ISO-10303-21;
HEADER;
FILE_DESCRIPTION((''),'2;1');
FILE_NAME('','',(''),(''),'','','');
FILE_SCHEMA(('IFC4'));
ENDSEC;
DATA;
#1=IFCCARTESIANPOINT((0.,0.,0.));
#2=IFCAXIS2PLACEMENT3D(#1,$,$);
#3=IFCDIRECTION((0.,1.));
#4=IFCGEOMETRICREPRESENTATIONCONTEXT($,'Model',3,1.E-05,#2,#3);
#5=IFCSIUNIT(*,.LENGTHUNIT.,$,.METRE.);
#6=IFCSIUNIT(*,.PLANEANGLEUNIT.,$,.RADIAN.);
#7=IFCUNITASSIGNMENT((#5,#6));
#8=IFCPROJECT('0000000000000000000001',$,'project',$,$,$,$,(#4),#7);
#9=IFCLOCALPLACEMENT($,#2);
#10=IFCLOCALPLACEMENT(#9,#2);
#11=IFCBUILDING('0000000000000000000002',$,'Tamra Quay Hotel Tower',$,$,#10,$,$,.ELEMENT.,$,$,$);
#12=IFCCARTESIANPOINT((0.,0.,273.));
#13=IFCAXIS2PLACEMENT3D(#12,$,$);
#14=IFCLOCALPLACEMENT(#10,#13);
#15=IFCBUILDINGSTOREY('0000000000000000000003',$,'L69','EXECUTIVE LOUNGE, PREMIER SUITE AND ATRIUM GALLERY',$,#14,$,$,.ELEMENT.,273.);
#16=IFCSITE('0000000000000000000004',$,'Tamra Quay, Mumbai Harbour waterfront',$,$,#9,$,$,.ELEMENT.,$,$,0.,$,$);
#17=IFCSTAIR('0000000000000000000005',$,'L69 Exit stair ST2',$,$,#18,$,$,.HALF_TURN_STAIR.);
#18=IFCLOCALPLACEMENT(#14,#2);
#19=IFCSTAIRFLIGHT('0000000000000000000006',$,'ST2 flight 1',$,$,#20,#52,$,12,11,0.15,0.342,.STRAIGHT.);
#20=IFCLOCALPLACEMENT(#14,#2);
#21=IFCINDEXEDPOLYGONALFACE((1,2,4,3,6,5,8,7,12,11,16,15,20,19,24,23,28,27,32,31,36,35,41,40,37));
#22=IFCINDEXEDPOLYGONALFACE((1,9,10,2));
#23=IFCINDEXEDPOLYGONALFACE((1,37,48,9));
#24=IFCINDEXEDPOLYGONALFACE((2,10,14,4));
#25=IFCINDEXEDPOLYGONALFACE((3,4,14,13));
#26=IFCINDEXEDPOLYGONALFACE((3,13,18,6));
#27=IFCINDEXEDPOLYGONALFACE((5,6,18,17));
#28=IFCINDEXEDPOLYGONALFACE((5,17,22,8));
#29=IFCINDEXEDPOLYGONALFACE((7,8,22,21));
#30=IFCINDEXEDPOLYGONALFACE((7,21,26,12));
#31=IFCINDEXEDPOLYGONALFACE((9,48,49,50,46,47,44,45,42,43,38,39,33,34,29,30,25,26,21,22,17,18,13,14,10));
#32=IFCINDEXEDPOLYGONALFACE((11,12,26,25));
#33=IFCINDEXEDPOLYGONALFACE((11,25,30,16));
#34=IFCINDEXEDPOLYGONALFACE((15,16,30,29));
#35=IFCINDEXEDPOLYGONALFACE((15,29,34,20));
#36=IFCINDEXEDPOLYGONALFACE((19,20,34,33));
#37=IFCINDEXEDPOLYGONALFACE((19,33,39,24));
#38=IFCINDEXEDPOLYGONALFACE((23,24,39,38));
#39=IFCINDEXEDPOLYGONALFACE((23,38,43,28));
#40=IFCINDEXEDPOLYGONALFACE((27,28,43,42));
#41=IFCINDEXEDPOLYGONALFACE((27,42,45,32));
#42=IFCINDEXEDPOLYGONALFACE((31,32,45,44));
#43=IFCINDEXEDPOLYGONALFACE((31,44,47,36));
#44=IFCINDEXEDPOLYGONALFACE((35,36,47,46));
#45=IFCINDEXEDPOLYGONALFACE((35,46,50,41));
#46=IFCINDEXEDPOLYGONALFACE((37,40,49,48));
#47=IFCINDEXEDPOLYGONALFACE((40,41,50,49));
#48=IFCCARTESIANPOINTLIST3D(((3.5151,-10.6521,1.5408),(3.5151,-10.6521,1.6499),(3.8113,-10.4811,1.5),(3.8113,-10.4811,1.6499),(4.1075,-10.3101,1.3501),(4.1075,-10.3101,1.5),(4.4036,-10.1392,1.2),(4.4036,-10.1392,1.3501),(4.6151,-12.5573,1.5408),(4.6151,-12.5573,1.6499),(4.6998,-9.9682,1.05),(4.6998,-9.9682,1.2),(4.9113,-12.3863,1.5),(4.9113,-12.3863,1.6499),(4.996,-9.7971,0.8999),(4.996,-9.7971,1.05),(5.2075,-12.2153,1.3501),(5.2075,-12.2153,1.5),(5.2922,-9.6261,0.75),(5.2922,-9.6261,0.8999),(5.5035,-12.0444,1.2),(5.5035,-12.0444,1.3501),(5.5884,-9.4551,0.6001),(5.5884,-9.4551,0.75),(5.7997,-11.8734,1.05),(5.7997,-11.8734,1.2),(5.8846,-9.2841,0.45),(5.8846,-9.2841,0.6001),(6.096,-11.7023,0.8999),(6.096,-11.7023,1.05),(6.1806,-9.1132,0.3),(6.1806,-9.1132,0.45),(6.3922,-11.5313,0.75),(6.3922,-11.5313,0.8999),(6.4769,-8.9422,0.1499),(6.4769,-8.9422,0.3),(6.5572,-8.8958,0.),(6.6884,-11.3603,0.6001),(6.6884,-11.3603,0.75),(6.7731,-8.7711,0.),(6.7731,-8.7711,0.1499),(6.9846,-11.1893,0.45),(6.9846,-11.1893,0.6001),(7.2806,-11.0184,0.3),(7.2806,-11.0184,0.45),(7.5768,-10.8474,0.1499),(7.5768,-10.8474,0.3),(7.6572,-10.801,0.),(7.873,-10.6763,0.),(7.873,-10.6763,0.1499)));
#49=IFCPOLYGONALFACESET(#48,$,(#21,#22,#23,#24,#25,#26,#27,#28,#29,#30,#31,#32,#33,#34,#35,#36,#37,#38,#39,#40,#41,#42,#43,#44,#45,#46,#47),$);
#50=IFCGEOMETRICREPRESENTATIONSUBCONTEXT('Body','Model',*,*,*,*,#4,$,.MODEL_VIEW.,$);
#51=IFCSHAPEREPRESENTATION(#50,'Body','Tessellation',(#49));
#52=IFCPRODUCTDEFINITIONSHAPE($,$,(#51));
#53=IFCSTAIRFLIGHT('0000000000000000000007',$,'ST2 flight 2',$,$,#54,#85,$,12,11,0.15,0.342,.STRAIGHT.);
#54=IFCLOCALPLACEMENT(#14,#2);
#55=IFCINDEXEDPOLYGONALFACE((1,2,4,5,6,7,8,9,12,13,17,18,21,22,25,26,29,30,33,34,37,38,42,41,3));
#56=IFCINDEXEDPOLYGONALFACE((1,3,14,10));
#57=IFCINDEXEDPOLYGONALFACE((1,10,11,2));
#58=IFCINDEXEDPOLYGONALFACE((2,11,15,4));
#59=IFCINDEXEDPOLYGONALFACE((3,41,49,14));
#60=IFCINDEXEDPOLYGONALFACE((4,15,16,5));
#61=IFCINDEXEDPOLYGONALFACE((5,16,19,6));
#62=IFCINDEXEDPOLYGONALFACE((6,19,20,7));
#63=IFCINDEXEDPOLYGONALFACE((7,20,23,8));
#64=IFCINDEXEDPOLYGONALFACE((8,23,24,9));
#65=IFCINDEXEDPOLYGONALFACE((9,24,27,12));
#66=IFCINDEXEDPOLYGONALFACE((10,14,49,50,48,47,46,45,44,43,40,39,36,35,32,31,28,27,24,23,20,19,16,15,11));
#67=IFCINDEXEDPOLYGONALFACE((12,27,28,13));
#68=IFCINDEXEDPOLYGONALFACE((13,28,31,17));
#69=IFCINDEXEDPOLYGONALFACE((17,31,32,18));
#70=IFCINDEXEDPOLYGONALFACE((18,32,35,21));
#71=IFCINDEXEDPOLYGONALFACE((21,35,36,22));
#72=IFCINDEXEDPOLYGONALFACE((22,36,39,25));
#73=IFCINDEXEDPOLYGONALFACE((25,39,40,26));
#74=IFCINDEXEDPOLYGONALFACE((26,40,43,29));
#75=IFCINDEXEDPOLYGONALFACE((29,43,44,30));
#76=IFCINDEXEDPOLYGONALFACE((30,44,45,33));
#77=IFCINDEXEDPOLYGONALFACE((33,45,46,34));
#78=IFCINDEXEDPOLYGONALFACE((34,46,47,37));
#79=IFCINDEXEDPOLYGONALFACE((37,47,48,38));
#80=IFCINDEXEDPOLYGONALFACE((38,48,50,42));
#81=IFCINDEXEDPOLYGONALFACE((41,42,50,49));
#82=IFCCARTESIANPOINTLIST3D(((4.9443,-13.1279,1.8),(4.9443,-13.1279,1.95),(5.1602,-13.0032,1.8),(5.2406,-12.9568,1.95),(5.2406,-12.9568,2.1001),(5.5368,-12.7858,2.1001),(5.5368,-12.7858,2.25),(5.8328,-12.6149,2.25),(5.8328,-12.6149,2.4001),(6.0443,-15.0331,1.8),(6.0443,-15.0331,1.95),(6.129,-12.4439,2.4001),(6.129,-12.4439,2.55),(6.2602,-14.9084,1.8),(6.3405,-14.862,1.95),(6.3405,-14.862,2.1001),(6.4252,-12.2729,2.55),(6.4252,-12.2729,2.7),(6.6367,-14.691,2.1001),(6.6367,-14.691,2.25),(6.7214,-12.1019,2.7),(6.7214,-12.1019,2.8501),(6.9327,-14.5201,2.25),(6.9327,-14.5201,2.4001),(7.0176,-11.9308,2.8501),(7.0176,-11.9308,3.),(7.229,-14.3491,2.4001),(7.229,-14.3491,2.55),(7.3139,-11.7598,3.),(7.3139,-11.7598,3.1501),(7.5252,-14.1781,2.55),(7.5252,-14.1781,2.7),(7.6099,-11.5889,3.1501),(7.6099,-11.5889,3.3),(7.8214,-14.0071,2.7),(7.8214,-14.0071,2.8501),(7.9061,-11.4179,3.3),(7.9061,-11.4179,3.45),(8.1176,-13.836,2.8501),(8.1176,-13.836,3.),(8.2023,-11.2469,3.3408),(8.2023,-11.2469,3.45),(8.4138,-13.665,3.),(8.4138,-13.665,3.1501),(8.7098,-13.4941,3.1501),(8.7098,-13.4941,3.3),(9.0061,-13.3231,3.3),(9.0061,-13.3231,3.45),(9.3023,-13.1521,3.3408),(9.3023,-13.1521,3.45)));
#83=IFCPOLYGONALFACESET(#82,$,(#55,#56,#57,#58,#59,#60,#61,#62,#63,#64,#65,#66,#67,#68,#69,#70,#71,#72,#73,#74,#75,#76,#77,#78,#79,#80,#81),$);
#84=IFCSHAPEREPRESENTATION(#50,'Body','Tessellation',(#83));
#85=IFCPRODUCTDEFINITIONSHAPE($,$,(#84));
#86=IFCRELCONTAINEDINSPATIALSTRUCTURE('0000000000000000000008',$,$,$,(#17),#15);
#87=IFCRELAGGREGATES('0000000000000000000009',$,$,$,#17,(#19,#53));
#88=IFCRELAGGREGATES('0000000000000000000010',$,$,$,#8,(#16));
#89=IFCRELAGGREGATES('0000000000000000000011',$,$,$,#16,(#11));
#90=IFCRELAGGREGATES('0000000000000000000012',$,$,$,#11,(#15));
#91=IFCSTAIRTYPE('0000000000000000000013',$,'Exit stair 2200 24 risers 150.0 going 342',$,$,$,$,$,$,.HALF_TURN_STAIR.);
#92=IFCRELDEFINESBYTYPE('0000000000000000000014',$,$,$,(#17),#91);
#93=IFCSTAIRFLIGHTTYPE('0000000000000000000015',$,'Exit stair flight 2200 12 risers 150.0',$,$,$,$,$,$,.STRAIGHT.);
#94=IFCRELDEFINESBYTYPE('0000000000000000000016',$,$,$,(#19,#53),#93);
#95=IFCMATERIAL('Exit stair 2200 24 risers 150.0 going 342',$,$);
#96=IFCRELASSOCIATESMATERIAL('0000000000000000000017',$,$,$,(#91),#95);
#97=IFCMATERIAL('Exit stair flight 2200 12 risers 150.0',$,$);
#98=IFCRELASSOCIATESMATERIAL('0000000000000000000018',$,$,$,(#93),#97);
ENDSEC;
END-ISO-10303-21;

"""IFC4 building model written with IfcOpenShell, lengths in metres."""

from ifc_helpers import new_model, si_unit, direction, frame, origin, place, context, subcontext, project, spatial, polyline, outline, extrude, material, type_object, element, aggregate, save


model = new_model("IFC4")

# Units and contexts
model_context = context("Model", 3, precision=1e-05, world=origin(), true_north=direction((0.0, 1.0)))
body_context = subcontext(model_context, "Body", "Model", "MODEL_VIEW")
ifc_project = project(units=[si_unit("LENGTHUNIT", "METRE"), si_unit("PLANEANGLEUNIT", "RADIAN")], contexts=[model_context])

# Site, building, storey
site_placement = place(None, origin())
site = spatial("IfcSite", under=ifc_project, at=site_placement, Name="Tamra Quay, Mumbai Harbour waterfront", CompositionType="ELEMENT", RefElevation=0.0)
building_placement = place(site_placement, origin())
building = spatial("IfcBuilding", under=site, at=building_placement, Name="Tamra Quay Hotel Tower", CompositionType="ELEMENT")
storey_placement = place(building_placement, frame((0.0, 0.0, 273.0)))
storey = spatial("IfcBuildingStorey", under=building, at=storey_placement, Name="L69", Description="EXECUTIVE LOUNGE, PREMIER SUITE AND ATRIUM GALLERY", CompositionType="ELEMENT", Elevation=273.0)

# Stair, stair flights
ifc_material_1 = material(Name="Exit stair 2200 24 risers 150.0 going 342")
stair_type = type_object("IfcStairType", Name="Exit stair 2200 24 risers 150.0 going 342", PredefinedType="HALF_TURN_STAIR", material=ifc_material_1)
stair_placement = place(storey_placement, origin())
stair = element("IfcStair", 1, at=stair_placement, inside=storey, type_object=stair_type, Name="L69 Exit stair ST2", PredefinedType="HALF_TURN_STAIR")
ifc_material_2 = material(Name="Exit stair flight 2200 12 risers 150.0")
stair_flight_type = type_object("IfcStairFlightType", Name="Exit stair flight 2200 12 risers 150.0", PredefinedType="STRAIGHT", material=ifc_material_2)
stair_flight_1_placement = place(storey_placement, frame((7.323, -9.7236, 0.0), z_axis=(0.0, 0.0, 1.0), x_axis=(-0.866025, -0.5, 0.0)))
stair_flight_1 = element("IfcStairFlight", 2, at=stair_flight_1_placement, type_object=stair_flight_type, Name="ST2 flight 1", NumberOfRisers=12, NumberOfTreads=11, PredefinedType="STRAIGHT", RiserHeight=0.15, TreadLength=0.342, context=body_context, shape_type="SweptSolid", body=[
    extrude(outline(polyline([(0.0, 0.0), (0.0, 0.1499), (0.342, 0.1499), (0.342, 0.3), (0.6841, 0.3), (0.6841, 0.45), (1.0259, 0.45), (1.0259, 0.6001), (1.3679, 0.6001), (1.3679, 0.75), (1.71, 0.75), (1.71, 0.8999), (2.052, 0.8999), (2.052, 1.05), (2.394, 1.05), (2.394, 1.2), (2.7361, 1.2), (2.7361, 1.3501), (3.0779, 1.3501), (3.0779, 1.5), (3.4199, 1.5), (3.4199, 1.6499), (3.762, 1.6499), (3.762, 1.8), (3.762, 1.5408), (0.2493, 0.0), (0.0, 0.0)])), frame((0.0, 1.1001, 0.0), z_axis=(0.0, -1.0, 0.0), x_axis=(1.0, 0.0, 0.0)), (0.0, 0.0, 1.0), 2.2),
])
stair_flight_2_placement = place(storey_placement, frame((5.4944, -14.0806, 1.8), z_axis=(0.0, 0.0, 1.0), x_axis=(0.866025, 0.5, 0.0)))
stair_flight_2 = element("IfcStairFlight", 3, at=stair_flight_2_placement, type_object=stair_flight_type, Name="ST2 flight 2", NumberOfRisers=12, NumberOfTreads=11, PredefinedType="STRAIGHT", RiserHeight=0.15, TreadLength=0.342, context=body_context, shape_type="SweptSolid", body=[
    extrude(outline(polyline([(0.0, 0.0), (0.0, 0.1499), (0.342, 0.1499), (0.342, 0.3), (0.6841, 0.3), (0.6841, 0.45), (1.0259, 0.45), (1.0259, 0.6001), (1.3679, 0.6001), (1.3679, 0.75), (1.71, 0.75), (1.71, 0.8999), (2.052, 0.8999), (2.052, 1.05), (2.394, 1.05), (2.394, 1.2), (2.7361, 1.2), (2.7361, 1.3501), (3.0779, 1.3501), (3.0779, 1.5), (3.4199, 1.5), (3.4199, 1.6499), (3.762, 1.6499), (3.762, 1.8), (3.762, 1.5408), (0.2493, 0.0), (0.0, 0.0)])), frame((0.0, 1.1001, 0.0), z_axis=(0.0, -1.0, 0.0), x_axis=(1.0, 0.0, 0.0)), (0.0, 0.0, 1.0), 2.2),
])
aggregate(stair, [stair_flight_1, stair_flight_2])

save(model, "model.ifc")
